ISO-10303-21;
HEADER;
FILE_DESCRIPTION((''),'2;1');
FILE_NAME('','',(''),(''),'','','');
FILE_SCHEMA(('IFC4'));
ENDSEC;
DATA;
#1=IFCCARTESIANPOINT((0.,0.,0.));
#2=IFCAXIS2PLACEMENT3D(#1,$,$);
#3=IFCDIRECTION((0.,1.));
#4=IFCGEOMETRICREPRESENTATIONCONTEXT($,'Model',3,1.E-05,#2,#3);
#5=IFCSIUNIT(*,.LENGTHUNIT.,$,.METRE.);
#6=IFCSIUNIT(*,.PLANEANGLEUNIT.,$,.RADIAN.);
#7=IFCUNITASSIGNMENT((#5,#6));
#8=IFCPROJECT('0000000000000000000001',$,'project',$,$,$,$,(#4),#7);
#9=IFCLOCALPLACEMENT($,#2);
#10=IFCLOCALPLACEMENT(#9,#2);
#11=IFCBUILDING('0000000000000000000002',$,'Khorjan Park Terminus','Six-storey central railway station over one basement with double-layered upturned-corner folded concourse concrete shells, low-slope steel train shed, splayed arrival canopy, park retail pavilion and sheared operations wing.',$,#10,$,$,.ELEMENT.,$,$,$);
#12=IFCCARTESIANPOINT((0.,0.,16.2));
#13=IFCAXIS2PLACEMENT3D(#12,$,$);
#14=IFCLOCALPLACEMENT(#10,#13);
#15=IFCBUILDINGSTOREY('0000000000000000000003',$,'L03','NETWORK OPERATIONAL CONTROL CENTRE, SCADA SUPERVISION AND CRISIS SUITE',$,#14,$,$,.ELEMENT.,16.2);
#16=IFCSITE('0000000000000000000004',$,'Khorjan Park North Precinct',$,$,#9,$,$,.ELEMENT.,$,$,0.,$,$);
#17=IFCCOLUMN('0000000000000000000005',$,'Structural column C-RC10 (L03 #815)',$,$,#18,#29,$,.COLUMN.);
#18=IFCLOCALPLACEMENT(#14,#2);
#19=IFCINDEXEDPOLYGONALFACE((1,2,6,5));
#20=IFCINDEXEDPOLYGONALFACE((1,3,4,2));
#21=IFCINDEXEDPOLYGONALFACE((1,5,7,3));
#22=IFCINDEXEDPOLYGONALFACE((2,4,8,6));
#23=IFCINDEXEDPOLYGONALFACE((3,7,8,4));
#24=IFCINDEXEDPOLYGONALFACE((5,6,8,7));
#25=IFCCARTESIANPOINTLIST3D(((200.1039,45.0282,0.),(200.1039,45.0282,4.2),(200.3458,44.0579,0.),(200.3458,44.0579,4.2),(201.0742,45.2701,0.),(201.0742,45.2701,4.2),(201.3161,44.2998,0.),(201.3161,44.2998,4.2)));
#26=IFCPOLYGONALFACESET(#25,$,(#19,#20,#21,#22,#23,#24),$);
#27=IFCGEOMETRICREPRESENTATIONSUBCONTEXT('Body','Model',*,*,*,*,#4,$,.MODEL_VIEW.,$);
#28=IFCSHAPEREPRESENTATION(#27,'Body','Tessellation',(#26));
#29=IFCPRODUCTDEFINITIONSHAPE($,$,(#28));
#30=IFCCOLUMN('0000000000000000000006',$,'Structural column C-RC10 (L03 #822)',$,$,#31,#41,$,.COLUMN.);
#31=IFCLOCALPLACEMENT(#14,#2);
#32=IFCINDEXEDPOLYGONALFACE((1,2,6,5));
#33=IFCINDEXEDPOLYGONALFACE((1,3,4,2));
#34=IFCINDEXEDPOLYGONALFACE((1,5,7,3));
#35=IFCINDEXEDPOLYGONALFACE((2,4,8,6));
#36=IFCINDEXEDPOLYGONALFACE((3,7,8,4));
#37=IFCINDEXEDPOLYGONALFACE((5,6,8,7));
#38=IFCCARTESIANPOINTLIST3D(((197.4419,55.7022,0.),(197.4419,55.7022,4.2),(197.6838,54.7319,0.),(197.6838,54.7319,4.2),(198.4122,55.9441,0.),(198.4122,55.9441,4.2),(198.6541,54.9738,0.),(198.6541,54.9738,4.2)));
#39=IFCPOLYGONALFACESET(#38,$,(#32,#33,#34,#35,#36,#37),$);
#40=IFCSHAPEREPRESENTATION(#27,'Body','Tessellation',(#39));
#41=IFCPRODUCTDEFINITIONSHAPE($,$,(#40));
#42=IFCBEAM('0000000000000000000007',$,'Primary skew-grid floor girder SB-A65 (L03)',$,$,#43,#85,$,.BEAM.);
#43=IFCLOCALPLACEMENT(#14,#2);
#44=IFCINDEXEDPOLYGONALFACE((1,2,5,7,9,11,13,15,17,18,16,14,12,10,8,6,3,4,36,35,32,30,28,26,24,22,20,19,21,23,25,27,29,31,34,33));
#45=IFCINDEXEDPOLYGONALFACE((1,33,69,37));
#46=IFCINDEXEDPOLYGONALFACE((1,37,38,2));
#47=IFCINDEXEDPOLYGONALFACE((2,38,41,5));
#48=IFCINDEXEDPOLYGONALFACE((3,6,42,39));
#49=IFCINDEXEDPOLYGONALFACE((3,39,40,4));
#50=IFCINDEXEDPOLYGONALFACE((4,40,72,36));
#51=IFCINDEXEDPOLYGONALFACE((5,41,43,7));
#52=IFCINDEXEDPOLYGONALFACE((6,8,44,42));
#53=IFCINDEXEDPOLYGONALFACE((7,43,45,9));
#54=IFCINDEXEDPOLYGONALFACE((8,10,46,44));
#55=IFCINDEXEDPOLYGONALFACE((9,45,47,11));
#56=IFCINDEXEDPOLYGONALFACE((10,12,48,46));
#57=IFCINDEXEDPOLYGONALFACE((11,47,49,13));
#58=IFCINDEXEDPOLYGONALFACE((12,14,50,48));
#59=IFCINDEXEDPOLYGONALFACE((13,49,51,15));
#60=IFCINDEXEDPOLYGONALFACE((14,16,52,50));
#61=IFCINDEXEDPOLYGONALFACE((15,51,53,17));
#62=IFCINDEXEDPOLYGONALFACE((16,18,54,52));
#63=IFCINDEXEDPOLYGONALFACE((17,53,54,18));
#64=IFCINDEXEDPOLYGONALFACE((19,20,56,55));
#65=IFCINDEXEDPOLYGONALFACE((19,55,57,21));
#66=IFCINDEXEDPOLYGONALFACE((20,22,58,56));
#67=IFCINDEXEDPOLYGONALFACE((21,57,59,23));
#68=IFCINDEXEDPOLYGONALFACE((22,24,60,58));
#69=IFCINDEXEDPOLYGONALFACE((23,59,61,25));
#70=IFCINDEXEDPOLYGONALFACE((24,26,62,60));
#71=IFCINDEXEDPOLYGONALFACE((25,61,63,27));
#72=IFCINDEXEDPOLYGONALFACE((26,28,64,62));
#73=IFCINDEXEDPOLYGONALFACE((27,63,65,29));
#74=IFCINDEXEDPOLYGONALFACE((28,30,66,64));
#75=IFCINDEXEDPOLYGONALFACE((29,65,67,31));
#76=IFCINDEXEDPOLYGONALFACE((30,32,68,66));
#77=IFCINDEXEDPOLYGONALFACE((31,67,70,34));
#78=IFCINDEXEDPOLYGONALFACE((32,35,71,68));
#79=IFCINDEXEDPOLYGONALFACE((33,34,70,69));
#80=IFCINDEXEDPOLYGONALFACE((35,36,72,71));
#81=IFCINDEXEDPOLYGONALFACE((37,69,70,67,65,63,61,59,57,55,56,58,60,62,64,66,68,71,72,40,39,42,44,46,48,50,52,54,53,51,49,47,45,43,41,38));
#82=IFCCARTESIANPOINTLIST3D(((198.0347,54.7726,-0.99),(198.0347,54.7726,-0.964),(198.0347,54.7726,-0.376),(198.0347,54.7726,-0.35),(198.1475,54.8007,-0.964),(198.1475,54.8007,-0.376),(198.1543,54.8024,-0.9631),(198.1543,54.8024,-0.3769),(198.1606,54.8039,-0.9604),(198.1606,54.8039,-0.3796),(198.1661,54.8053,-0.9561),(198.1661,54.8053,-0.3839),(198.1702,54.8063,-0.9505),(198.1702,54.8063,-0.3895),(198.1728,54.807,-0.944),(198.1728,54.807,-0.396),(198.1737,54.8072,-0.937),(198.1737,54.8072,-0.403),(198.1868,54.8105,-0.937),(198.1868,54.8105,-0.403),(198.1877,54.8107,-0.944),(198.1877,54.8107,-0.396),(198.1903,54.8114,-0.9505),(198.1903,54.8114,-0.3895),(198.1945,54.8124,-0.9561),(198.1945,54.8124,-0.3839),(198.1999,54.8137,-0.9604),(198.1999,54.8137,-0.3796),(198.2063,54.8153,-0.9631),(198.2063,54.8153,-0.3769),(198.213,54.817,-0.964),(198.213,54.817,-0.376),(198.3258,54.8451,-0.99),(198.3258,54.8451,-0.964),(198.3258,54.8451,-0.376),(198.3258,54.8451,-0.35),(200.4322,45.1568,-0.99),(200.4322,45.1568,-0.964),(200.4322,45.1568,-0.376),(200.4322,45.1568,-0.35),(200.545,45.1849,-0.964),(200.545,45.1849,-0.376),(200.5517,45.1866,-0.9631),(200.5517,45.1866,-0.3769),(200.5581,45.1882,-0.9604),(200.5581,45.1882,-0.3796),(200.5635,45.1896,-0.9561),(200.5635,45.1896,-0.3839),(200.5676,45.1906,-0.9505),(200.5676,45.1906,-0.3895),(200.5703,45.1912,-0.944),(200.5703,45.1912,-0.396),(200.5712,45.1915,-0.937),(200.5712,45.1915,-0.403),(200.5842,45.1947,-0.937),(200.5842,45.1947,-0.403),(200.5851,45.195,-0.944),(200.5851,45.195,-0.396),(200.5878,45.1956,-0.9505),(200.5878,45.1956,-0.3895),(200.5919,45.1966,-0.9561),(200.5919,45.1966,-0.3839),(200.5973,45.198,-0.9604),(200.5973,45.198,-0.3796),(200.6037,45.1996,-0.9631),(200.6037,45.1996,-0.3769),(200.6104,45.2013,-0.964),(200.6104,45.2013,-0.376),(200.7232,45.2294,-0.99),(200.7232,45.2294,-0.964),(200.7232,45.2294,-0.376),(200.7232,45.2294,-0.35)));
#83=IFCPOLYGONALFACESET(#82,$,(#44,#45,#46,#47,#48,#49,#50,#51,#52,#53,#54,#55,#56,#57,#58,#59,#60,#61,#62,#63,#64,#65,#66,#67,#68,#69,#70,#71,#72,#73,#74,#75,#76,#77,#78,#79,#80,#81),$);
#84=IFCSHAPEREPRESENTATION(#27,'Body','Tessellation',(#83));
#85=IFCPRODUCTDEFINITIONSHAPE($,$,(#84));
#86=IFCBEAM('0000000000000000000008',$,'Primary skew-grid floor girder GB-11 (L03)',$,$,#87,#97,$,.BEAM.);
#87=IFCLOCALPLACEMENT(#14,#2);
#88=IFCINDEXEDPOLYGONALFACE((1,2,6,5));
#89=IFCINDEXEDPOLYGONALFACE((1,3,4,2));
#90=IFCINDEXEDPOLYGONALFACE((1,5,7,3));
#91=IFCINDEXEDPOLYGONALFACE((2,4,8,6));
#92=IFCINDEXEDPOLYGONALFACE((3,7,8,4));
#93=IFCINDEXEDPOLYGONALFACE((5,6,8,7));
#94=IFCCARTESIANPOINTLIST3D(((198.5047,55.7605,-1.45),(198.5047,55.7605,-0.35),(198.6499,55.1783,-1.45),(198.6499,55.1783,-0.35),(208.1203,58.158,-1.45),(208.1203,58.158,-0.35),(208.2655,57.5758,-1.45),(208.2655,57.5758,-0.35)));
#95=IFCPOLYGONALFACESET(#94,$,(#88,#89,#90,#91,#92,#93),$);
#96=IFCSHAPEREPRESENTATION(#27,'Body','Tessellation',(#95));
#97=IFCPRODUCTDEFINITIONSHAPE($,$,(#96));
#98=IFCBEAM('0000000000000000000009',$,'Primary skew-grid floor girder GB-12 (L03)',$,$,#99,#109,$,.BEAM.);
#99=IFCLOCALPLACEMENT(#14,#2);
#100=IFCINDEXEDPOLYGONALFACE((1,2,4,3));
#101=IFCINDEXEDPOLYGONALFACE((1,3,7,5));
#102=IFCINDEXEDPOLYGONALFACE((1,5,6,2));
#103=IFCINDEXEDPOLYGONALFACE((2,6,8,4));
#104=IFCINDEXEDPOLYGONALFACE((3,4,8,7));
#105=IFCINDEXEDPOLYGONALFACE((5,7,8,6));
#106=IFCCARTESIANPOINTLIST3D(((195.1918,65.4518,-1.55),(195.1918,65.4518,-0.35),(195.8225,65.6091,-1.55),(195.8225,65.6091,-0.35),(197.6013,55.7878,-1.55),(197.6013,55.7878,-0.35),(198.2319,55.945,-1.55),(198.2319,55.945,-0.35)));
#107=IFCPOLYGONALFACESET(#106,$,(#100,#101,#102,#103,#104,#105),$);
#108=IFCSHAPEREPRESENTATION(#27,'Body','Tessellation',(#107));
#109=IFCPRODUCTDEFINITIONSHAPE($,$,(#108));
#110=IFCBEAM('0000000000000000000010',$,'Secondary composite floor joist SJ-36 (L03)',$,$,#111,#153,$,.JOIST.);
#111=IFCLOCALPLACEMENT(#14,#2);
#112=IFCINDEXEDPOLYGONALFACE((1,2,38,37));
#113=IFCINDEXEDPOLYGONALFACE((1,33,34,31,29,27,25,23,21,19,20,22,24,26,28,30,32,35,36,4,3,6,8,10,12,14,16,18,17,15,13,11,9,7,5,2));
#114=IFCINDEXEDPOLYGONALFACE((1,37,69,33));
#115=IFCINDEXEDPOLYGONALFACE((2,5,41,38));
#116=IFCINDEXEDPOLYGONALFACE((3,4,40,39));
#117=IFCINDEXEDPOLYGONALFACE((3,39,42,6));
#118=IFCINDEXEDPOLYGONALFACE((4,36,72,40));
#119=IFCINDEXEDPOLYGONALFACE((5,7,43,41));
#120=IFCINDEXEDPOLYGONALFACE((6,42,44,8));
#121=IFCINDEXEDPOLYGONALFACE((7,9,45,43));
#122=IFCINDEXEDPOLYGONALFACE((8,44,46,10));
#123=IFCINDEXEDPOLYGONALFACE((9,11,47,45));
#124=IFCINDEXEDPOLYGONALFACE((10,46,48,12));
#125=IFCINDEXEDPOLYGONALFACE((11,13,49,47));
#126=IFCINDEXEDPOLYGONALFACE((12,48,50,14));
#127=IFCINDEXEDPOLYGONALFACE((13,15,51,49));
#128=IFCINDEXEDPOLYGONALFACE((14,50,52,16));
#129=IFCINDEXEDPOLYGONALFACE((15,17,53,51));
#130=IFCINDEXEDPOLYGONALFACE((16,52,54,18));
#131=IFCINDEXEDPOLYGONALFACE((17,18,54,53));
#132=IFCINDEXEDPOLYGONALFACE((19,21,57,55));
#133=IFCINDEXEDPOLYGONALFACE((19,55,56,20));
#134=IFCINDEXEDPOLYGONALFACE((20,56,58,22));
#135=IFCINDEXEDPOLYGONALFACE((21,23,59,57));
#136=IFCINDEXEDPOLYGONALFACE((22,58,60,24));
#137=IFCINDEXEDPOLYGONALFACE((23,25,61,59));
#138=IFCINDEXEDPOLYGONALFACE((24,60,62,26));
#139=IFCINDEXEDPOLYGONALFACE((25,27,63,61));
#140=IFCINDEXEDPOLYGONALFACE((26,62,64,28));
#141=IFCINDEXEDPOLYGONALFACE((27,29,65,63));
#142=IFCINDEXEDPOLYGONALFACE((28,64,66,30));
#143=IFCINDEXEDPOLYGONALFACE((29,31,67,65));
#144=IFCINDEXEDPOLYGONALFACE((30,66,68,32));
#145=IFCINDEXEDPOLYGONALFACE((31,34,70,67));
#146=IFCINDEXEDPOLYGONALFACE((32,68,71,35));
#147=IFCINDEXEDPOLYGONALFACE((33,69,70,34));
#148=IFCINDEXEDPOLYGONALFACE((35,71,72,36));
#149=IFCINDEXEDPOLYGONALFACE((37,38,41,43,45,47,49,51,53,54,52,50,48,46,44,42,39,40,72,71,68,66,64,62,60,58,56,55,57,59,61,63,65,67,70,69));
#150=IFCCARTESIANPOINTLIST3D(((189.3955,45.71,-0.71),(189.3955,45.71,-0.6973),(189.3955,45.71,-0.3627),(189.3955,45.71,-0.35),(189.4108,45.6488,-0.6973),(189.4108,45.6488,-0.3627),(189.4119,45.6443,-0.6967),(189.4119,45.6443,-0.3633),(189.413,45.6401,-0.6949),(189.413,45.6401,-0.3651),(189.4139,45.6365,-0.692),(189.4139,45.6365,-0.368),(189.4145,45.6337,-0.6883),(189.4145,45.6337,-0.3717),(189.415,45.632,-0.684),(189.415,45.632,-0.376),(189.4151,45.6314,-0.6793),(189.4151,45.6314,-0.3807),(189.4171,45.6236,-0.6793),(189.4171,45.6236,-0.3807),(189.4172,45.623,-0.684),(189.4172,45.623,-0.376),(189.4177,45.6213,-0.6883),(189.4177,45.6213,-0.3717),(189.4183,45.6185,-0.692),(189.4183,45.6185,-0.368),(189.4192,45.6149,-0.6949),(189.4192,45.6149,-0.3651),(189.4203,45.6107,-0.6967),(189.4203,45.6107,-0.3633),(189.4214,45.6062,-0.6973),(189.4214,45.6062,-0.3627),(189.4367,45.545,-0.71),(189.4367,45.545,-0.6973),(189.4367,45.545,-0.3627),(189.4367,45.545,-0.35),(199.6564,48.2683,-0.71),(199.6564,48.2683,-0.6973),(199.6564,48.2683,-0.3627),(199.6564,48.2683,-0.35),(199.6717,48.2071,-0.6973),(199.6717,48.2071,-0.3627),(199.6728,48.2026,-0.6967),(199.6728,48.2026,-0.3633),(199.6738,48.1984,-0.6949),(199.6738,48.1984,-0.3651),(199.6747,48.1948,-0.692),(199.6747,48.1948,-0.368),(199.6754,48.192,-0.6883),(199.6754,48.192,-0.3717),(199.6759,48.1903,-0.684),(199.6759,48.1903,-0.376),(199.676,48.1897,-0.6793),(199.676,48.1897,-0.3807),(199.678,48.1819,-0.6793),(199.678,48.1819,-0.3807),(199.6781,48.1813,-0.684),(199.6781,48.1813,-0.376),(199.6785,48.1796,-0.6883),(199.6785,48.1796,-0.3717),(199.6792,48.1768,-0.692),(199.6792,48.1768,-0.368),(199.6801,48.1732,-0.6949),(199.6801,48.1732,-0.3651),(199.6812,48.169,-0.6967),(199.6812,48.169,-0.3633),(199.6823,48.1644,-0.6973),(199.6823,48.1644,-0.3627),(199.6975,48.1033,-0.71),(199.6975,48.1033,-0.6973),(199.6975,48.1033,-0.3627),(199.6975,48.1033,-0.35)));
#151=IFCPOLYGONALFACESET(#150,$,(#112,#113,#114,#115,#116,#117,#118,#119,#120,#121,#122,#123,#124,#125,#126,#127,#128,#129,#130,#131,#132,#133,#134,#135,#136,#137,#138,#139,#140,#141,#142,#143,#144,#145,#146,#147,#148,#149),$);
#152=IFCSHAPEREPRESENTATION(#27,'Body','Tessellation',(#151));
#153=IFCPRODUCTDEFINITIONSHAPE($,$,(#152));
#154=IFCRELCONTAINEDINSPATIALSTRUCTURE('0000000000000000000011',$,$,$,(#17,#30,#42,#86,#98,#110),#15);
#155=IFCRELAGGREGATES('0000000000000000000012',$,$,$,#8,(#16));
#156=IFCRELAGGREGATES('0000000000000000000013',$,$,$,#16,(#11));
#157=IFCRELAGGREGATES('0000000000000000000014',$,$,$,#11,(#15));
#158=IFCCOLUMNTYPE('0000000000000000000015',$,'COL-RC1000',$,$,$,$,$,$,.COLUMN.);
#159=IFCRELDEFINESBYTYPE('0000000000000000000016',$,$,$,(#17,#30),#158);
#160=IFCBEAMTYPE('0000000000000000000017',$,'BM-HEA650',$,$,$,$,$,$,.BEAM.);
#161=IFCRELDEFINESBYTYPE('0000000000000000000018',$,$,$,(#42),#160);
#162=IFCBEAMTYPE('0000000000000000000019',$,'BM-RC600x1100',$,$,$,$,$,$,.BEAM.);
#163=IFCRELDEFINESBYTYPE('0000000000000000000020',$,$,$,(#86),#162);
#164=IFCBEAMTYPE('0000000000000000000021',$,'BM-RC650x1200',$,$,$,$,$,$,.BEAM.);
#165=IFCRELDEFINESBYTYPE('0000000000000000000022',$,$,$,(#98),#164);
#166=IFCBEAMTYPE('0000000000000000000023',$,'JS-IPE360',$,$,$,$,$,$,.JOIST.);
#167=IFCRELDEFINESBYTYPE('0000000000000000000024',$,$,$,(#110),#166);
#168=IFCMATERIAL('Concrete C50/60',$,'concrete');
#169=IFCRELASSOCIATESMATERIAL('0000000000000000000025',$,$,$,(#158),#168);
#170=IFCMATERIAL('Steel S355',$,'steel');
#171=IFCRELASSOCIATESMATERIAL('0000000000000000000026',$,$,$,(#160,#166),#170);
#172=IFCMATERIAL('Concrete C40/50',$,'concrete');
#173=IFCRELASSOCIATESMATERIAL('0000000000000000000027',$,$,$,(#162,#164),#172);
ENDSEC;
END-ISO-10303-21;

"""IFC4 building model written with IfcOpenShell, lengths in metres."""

from ifc_helpers import new_model, si_unit, direction, frame, origin, origin_2d, place, context, subcontext, project, spatial, rectangle, i_section, extrude, material, material_profile, profile_set, type_object, element, save


model = new_model("IFC4")

# Units and contexts
model_context = context("Model", 3, precision=1e-05, world=origin(), true_north=direction((0.0, 1.0)))
body_context = subcontext(model_context, "Body", "Model", "MODEL_VIEW")
ifc_project = project(units=[si_unit("LENGTHUNIT", "METRE"), si_unit("PLANEANGLEUNIT", "RADIAN")], contexts=[model_context])

# Site, building, storey
site_placement = place(None, origin())
site = spatial("IfcSite", under=ifc_project, at=site_placement, Name="Khorjan Park North Precinct", CompositionType="ELEMENT", RefElevation=0.0)
building_placement = place(site_placement, origin())
building = spatial("IfcBuilding", under=site, at=building_placement, Name="Khorjan Park Terminus", Description="Six-storey central railway station over one basement with double-layered upturned-corner folded concourse concrete shells, low-slope steel train shed, splayed arrival canopy, park retail pavilion and sheared operations wing.", CompositionType="ELEMENT")
storey_placement = place(building_placement, frame((0.0, 0.0, 16.2)))
storey = spatial("IfcBuildingStorey", under=building, at=storey_placement, Name="L03", Description="NETWORK OPERATIONAL CONTROL CENTRE, SCADA SUPERVISION AND CRISIS SUITE", CompositionType="ELEMENT", Elevation=16.2)

# Columns
ifc_material_1 = material(Name="Concrete C50/60", Category="concrete")
ifc_material_profile_1 = material_profile(ifc_material_1, rectangle(XDim=1.0, YDim=1.0, at=origin_2d()), Name="RC 1000x1000")
ifc_profile_set_1 = profile_set([ifc_material_profile_1], Name="Concrete C50/60")
column_type = type_object("IfcColumnType", Name="COL-RC1000", PredefinedType="COLUMN", material=ifc_profile_set_1)
for number, where, z_axis, x_axis, name in (
    (1, (200.71, 44.664, 0.0), (0.0, 0.0, 1.0), (0.970296, 0.241922, 0.0), "Structural column C-RC10 (L03 #815)"),
    (2, (198.048, 55.338, 0.0), (0.0, 0.0, 1.0), (0.970296, 0.241922, 0.0), "Structural column C-RC10 (L03 #822)"),
):
    element("IfcColumn", number, at=place(storey_placement, frame(where, z_axis=z_axis, x_axis=x_axis)), inside=storey, type_object=column_type, Name=name, PredefinedType="COLUMN", context=body_context, shape_type="SweptSolid", body=[
        extrude(rectangle(XDim=1.0, YDim=1.0, at=origin_2d()), origin(), (0.0, 0.0, 1.0), 4.2),
    ])

# Beams
ifc_material_2 = material(Name="Steel S355", Category="steel")
ifc_material_profile_2 = material_profile(ifc_material_2, i_section(OverallWidth=0.3, OverallDepth=0.64, WebThickness=0.0135, FlangeThickness=0.026, FilletRadius=0.027, at=origin_2d()), Name="HEA 650")
ifc_profile_set_2 = profile_set([ifc_material_profile_2], Name="Steel S355")
beam_type_1 = type_object("IfcBeamType", Name="BM-HEA650", PredefinedType="BEAM", material=ifc_profile_set_2)
beam_1_placement = place(storey_placement, frame((200.5777, 45.1931, -0.67), z_axis=(-0.241916, 0.970297, 0.0), x_axis=(-0.970297, -0.241916, 0.0)))
element("IfcBeam", 3, at=beam_1_placement, inside=storey, type_object=beam_type_1, Name="Primary skew-grid floor girder SB-A65 (L03)", PredefinedType="BEAM", context=body_context, shape_type="SweptSolid", body=[
    extrude(i_section(OverallWidth=0.3, OverallDepth=0.64, WebThickness=0.0135, FlangeThickness=0.026, FilletRadius=0.027, at=origin_2d()), origin(), (0.0, 0.0, 1.0), 9.9101),
])
ifc_material_3 = material(Name="Concrete C40/50", Category="concrete")
ifc_material_profile_3 = material_profile(ifc_material_3, rectangle(XDim=0.6, YDim=1.1, at=origin_2d()), Name="RC 600x1100")
ifc_profile_set_3 = profile_set([ifc_material_profile_3], Name="Concrete C40/50")
beam_type_2 = type_object("IfcBeamType", Name="BM-RC600x1100", PredefinedType="BEAM", material=ifc_profile_set_3)
beam_2_placement = place(storey_placement, frame((198.5773, 55.4694, -0.9), z_axis=(0.970294, 0.241928, 0.0), x_axis=(-0.241928, 0.970294, 0.0)))
element("IfcBeam", 4, at=beam_2_placement, inside=storey, type_object=beam_type_2, Name="Primary skew-grid floor girder GB-11 (L03)", PredefinedType="BEAM", context=body_context, shape_type="SweptSolid", body=[
    extrude(rectangle(XDim=0.6, YDim=1.1, at=origin_2d()), origin(), (0.0, 0.0, 1.0), 9.91),
])
ifc_material_profile_4 = material_profile(ifc_material_3, rectangle(XDim=0.65, YDim=1.2, at=origin_2d()), Name="RC 650x1200")
ifc_profile_set_4 = profile_set([ifc_material_profile_4], Name="Concrete C40/50")
beam_type_3 = type_object("IfcBeamType", Name="BM-RC650x1200", PredefinedType="BEAM", material=ifc_profile_set_4)
beam_3_placement = place(storey_placement, frame((197.9166, 55.8664, -0.95), z_axis=(-0.241919, 0.970296, 0.0), x_axis=(-0.970296, -0.241919, 0.0)))
element("IfcBeam", 5, at=beam_3_placement, inside=storey, type_object=beam_type_3, Name="Primary skew-grid floor girder GB-12 (L03)", PredefinedType="BEAM", context=body_context, shape_type="SweptSolid", body=[
    extrude(rectangle(XDim=0.65, YDim=1.2, at=origin_2d()), origin(), (0.0, 0.0, 1.0), 9.9599),
])
ifc_material_profile_5 = material_profile(ifc_material_2, i_section(OverallWidth=0.17, OverallDepth=0.36, WebThickness=0.008, FlangeThickness=0.0127, FilletRadius=0.018, at=origin_2d()), Name="IPE 360")
ifc_profile_set_5 = profile_set([ifc_material_profile_5], Name="Steel S355")
beam_type_4 = type_object("IfcBeamType", Name="JS-IPE360", PredefinedType="JOIST", material=ifc_profile_set_5)
beam_4_placement = place(storey_placement, frame((189.4161, 45.6275, -0.53), z_axis=(0.970296, 0.241919, 0.0), x_axis=(-0.241919, 0.970296, 0.0)))
element("IfcBeam", 6, at=beam_4_placement, inside=storey, type_object=beam_type_4, Name="Secondary composite floor joist SJ-36 (L03)", PredefinedType="JOIST", context=body_context, shape_type="SweptSolid", body=[
    extrude(i_section(OverallWidth=0.17, OverallDepth=0.36, WebThickness=0.008, FlangeThickness=0.0127, FilletRadius=0.018, at=origin_2d()), origin(), (0.0, 0.0, 1.0), 10.575),
])

save(model, "model.ifc")
